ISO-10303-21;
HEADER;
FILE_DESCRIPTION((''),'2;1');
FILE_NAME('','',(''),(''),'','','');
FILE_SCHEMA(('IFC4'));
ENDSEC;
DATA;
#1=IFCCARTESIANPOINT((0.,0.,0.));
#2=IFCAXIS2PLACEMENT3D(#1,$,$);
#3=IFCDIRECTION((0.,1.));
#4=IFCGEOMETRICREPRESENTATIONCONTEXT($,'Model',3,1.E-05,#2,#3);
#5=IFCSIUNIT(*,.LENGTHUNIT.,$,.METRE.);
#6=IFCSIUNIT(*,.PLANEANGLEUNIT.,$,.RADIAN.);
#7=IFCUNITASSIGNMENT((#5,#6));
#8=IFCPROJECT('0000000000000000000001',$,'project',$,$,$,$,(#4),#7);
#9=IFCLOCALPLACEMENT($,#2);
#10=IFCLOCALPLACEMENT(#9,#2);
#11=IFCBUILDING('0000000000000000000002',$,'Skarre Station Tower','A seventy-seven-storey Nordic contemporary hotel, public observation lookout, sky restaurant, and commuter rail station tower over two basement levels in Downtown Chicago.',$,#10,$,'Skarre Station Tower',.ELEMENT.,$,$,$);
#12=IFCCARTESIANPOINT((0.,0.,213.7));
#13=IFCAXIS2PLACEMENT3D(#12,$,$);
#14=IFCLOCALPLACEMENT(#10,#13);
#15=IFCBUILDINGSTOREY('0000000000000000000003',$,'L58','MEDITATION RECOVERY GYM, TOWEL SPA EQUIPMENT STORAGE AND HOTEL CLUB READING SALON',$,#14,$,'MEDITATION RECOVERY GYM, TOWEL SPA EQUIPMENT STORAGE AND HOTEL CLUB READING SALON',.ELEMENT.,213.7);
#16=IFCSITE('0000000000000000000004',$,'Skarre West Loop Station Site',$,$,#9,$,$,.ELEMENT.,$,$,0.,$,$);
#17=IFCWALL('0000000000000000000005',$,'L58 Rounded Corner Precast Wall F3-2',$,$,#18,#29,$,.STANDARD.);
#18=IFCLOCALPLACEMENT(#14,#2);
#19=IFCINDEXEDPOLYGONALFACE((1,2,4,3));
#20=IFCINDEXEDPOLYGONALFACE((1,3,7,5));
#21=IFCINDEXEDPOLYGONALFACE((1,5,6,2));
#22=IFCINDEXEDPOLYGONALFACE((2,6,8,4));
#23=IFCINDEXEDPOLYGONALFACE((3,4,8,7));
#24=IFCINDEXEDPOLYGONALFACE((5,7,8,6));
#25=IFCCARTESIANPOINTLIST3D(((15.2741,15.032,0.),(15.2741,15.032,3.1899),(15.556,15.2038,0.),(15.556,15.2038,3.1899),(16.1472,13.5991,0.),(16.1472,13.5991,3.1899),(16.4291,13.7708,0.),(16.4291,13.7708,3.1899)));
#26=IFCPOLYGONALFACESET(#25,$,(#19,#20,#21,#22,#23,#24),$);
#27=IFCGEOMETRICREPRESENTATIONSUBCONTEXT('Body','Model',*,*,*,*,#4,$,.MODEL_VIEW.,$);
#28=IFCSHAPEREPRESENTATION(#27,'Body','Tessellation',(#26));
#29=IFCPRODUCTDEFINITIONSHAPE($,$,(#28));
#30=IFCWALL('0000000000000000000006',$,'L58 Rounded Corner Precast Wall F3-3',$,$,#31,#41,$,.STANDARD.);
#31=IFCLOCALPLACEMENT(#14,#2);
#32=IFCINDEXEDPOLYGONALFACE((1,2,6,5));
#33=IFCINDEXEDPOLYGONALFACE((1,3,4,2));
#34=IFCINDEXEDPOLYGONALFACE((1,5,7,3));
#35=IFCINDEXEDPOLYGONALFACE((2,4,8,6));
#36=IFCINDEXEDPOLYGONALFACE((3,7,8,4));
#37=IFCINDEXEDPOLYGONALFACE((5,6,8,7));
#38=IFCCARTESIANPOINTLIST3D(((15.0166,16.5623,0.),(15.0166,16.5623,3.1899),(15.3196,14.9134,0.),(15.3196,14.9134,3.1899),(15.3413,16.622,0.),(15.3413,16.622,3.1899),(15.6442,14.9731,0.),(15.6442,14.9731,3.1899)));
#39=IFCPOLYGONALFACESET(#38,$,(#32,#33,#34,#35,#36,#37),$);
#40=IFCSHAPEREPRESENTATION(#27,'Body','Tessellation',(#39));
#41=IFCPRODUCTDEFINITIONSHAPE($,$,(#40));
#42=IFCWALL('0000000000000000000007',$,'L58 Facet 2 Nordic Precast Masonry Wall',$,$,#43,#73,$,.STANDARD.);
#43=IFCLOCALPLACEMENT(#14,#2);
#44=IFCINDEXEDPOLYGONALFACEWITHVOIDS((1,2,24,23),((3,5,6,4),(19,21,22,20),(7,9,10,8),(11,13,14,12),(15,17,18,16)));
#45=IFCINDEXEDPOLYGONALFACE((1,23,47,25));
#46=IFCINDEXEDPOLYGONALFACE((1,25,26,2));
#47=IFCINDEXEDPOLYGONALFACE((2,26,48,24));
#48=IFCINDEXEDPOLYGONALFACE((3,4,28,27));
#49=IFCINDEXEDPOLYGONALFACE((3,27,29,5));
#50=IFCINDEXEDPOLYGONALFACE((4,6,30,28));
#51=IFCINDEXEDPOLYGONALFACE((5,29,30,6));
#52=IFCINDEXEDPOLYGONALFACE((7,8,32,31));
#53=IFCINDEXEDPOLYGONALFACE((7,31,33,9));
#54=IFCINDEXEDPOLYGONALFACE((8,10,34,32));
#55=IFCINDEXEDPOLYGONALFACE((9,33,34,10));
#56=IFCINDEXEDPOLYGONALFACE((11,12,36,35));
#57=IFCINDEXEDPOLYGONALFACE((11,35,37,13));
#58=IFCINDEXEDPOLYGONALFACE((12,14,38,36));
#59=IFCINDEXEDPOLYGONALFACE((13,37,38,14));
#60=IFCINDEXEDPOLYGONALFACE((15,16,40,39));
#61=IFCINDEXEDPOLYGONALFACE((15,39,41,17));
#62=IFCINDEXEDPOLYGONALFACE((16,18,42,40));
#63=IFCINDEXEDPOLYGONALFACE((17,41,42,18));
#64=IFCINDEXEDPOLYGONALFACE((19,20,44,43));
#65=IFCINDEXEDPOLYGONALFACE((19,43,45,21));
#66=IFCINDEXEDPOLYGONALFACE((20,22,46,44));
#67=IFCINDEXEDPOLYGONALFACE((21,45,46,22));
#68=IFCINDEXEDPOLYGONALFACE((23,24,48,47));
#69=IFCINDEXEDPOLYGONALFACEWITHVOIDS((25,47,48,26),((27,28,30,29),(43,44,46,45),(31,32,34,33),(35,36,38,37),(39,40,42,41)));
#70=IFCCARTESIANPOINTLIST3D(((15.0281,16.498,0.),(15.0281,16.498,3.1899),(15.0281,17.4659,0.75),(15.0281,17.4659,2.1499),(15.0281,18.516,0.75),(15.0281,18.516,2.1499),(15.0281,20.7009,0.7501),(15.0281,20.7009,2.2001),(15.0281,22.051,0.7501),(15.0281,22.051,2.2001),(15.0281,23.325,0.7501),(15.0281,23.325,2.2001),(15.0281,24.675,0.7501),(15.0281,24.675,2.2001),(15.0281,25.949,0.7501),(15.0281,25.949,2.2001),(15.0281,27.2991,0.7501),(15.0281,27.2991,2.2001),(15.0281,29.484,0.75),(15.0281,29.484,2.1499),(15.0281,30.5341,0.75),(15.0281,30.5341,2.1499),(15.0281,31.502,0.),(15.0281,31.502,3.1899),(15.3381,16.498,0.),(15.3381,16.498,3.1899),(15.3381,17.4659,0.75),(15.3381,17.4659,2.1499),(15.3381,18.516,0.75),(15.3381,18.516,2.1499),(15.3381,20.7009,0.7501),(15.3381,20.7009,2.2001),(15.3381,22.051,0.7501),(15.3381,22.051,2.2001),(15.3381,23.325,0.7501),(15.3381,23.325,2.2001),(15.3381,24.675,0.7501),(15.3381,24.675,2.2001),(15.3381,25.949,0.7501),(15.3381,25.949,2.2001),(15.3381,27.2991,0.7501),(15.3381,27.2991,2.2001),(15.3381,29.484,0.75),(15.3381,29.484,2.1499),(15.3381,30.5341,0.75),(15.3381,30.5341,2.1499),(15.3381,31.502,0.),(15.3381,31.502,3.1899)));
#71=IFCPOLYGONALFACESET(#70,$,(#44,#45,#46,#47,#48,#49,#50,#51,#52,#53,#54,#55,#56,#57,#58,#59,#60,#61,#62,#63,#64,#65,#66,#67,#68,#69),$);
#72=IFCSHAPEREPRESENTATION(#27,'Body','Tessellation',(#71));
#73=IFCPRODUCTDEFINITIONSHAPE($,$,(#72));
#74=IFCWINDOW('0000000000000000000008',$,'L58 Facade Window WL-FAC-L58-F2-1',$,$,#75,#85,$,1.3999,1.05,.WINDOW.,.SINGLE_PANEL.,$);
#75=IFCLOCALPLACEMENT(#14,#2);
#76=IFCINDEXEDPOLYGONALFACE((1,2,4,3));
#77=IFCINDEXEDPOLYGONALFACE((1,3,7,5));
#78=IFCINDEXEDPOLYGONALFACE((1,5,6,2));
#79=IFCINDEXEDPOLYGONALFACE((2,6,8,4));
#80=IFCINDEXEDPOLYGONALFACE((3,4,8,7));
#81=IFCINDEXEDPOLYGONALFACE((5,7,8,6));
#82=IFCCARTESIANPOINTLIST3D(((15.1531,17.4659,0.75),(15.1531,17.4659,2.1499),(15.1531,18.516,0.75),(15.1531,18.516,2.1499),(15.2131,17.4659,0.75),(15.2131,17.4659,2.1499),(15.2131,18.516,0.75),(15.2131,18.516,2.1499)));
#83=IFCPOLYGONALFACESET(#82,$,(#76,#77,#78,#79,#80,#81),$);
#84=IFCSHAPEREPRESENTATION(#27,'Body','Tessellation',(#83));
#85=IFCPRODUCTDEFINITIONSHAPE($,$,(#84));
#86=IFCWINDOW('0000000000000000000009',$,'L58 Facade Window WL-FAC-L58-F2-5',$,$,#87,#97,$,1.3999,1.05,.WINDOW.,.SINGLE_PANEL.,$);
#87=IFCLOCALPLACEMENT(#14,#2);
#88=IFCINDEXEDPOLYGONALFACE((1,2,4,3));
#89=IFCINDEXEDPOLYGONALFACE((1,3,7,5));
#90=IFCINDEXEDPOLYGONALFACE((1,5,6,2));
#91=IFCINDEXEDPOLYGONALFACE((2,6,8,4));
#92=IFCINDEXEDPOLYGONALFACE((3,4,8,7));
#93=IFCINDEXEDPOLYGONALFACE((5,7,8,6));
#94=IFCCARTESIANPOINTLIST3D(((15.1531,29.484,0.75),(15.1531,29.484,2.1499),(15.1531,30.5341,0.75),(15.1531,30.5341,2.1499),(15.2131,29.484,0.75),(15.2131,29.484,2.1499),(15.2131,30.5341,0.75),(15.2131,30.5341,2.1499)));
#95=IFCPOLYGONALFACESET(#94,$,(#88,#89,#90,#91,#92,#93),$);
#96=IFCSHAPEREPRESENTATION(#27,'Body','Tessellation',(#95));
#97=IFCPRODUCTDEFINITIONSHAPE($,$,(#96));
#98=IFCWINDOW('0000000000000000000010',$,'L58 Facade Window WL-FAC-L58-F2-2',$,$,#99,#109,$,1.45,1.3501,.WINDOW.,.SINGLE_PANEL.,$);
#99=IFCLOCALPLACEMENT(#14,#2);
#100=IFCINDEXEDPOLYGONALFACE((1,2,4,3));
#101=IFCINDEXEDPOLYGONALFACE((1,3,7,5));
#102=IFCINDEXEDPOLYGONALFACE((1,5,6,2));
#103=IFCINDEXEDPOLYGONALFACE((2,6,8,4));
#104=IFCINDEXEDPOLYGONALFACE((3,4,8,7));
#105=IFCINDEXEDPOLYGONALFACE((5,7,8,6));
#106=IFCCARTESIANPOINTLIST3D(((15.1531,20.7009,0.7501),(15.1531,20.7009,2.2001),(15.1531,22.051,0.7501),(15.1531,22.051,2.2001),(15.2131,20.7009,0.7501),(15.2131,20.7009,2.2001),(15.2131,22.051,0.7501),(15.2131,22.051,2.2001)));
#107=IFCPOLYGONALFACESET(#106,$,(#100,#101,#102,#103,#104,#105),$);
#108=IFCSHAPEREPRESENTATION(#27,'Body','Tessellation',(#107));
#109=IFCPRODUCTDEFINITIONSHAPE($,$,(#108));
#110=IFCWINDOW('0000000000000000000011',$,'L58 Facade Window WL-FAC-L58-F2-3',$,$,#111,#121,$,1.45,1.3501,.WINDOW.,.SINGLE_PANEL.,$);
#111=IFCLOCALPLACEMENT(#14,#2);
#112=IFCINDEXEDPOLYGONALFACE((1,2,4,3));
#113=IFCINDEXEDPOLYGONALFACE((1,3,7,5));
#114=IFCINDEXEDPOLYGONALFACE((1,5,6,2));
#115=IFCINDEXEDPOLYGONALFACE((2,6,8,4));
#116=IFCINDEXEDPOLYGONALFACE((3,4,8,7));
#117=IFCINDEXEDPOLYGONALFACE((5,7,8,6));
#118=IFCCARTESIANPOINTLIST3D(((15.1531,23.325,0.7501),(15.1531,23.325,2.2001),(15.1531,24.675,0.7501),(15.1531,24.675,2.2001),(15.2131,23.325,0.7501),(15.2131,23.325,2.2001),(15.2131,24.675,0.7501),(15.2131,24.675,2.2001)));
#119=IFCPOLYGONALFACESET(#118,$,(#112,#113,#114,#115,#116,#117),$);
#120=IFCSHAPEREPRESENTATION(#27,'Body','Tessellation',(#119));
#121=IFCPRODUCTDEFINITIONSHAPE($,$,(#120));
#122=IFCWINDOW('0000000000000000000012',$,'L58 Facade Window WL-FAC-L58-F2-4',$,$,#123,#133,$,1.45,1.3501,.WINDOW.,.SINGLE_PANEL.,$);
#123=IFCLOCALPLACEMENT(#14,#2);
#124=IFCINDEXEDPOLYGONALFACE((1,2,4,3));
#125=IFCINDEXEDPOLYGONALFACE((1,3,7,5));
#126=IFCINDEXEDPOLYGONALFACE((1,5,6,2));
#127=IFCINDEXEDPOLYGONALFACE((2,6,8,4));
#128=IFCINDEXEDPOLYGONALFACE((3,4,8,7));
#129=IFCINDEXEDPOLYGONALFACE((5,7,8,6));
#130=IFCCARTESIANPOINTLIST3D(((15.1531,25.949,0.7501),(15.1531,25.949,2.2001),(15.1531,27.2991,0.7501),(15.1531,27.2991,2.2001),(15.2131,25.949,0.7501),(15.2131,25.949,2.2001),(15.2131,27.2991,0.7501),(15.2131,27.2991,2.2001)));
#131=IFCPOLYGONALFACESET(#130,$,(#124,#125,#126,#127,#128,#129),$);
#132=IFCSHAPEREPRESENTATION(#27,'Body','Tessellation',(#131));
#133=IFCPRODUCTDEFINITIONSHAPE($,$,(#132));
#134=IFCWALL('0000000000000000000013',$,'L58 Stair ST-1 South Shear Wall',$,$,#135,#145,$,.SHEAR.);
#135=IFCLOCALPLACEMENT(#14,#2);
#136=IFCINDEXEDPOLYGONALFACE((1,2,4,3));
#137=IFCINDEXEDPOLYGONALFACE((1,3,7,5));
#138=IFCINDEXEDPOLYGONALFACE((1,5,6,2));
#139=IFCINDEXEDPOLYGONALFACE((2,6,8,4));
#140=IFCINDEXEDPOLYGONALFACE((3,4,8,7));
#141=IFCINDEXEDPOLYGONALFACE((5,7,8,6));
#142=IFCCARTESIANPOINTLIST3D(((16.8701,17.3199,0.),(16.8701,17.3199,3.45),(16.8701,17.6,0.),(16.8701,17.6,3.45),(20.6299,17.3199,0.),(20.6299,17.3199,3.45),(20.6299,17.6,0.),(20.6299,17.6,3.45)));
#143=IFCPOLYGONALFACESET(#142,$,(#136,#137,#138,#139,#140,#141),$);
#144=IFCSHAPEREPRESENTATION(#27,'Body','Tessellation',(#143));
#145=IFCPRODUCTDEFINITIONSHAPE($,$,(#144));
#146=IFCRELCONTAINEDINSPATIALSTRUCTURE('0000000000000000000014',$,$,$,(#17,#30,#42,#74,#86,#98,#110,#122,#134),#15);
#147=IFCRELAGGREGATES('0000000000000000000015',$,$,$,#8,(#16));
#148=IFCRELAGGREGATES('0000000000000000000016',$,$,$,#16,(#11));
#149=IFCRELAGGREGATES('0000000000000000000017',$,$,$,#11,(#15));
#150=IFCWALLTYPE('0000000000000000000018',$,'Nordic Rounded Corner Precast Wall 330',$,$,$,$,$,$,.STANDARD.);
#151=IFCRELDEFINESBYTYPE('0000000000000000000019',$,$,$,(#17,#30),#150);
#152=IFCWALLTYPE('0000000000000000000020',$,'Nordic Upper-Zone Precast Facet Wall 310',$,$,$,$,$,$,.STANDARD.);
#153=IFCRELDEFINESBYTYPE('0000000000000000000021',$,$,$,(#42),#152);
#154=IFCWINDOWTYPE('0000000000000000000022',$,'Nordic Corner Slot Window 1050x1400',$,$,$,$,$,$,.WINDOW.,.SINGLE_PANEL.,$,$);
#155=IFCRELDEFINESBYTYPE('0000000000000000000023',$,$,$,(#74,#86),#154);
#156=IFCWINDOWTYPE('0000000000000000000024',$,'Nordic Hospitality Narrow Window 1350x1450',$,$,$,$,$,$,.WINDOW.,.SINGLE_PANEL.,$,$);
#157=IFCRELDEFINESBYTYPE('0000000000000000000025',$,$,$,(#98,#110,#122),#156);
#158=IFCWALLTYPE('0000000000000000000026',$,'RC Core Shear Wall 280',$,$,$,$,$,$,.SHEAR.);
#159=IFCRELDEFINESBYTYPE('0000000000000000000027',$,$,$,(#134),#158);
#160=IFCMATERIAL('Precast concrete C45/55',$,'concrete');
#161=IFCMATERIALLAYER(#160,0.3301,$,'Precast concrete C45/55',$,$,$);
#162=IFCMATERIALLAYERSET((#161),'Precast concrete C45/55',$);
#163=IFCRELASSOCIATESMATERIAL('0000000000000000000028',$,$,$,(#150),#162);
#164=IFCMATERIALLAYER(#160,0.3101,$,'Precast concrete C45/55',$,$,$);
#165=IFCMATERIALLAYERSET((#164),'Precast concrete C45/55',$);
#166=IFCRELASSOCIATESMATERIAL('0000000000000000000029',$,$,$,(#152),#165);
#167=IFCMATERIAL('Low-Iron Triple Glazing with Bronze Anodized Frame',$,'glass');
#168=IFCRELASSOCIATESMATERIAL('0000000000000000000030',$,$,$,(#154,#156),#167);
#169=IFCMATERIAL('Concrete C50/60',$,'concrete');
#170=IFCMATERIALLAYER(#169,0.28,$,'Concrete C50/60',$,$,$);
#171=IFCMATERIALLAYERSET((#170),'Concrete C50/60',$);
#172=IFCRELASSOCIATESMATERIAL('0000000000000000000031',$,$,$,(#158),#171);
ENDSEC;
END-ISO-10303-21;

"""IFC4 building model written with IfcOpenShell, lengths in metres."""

from ifc_helpers import new_model, si_unit, direction, frame, frame_2d, origin, place, context, subcontext, project, spatial, rectangle, extrude, material, layer, layer_set, type_object, element, fill, save


model = new_model("IFC4")

# Units and contexts
model_context = context("Model", 3, precision=1e-05, world=origin(), true_north=direction((0.0, 1.0)))
body_context = subcontext(model_context, "Body", "Model", "MODEL_VIEW")
ifc_project = project(units=[si_unit("LENGTHUNIT", "METRE"), si_unit("PLANEANGLEUNIT", "RADIAN")], contexts=[model_context])

# Site, building, storey
site_placement = place(None, origin())
site = spatial("IfcSite", under=ifc_project, at=site_placement, Name="Skarre West Loop Station Site", CompositionType="ELEMENT", RefElevation=0.0)
building_placement = place(site_placement, origin())
building = spatial("IfcBuilding", under=site, at=building_placement, Name="Skarre Station Tower", Description="A seventy-seven-storey Nordic contemporary hotel, public observation lookout, sky restaurant, and commuter rail station tower over two basement levels in Downtown Chicago.", LongName="Skarre Station Tower", CompositionType="ELEMENT")
storey_placement = place(building_placement, frame((0.0, 0.0, 213.7)))
storey = spatial("IfcBuildingStorey", under=building, at=storey_placement, Name="L58", Description="MEDITATION RECOVERY GYM, TOWEL SPA EQUIPMENT STORAGE AND HOTEL CLUB READING SALON", LongName="MEDITATION RECOVERY GYM, TOWEL SPA EQUIPMENT STORAGE AND HOTEL CLUB READING SALON", CompositionType="ELEMENT", Elevation=213.7)

# Shared definitions
ifc_material_1 = material(Name="Concrete C50/60", Category="concrete")

# Walls
ifc_material_2 = material(Name="Precast concrete C45/55", Category="concrete")
ifc_layer_1 = layer(ifc_material_2, 0.3301, Name="Precast concrete C45/55")
ifc_layer_set_1 = layer_set([ifc_layer_1], Name="Precast concrete C45/55")
wall_type_1 = type_object("IfcWallType", Name="Nordic Rounded Corner Precast Wall 330", PredefinedType="STANDARD", material=ifc_layer_set_1)
wall_1_placement = place(storey_placement, frame((16.2881, 13.6851, 0.0), z_axis=(0.0, 0.0, 1.0), x_axis=(-0.520325, 0.853968, 0.0)))
element("IfcWall", 1, at=wall_1_placement, inside=storey, type_object=wall_type_1, Name="L58 Rounded Corner Precast Wall F3-2", PredefinedType="STANDARD", context=body_context, shape_type="SweptSolid", body=[
    extrude(rectangle(XDim=1.678, YDim=0.3301, at=frame_2d((0.8389, 0.0))), origin(), (0.0, 0.0, 1.0), 3.1899),
])
wall_2_placement = place(storey_placement, frame((15.4819, 14.9431, 0.0), z_axis=(0.0, 0.0, 1.0), x_axis=(-0.180718, 0.983535, 0.0)))
element("IfcWall", 2, at=wall_2_placement, inside=storey, type_object=wall_type_1, Name="L58 Rounded Corner Precast Wall F3-3", PredefinedType="STANDARD", context=body_context, shape_type="SweptSolid", body=[
    extrude(rectangle(XDim=1.6765, YDim=0.3301, at=frame_2d((0.8384, 0.0))), origin(), (0.0, 0.0, 1.0), 3.1899),
])

# Wall, openings, windows
ifc_layer_2 = layer(ifc_material_2, 0.3101, Name="Precast concrete C45/55")
ifc_layer_set_2 = layer_set([ifc_layer_2], Name="Precast concrete C45/55")
wall_type_2 = type_object("IfcWallType", Name="Nordic Upper-Zone Precast Facet Wall 310", PredefinedType="STANDARD", material=ifc_layer_set_2)
wall_3_placement = place(storey_placement, frame((15.1831, 16.498, 0.0), z_axis=(0.0, 0.0, 1.0), x_axis=(0.0, 1.0, 0.0)))
wall_3 = element("IfcWall", 3, at=wall_3_placement, inside=storey, type_object=wall_type_2, Name="L58 Facet 2 Nordic Precast Masonry Wall", PredefinedType="STANDARD", context=body_context, shape_type="SweptSolid", body=[
    extrude(rectangle(XDim=15.0039, YDim=0.3101, at=frame_2d((7.502, 0.0))), origin(), (0.0, 0.0, 1.0), 3.1899),
])
opening_1_placement = place(wall_3_placement, frame((0.968, 0.0, 0.75)))
opening_1 = element("IfcOpeningElement", 4, at=opening_1_placement, cuts=wall_3, PredefinedType="OPENING", context=body_context, shape_type="SweptSolid", body=[
    extrude(rectangle(XDim=1.05, YDim=1.3999, at=frame_2d((0.5249, 0.7))), frame((0.0, 0.165, 0.0), z_axis=(0.0, -1.0, 0.0), x_axis=(1.0, 0.0, 0.0)), (0.0, 0.0, 1.0), 0.3301),
])
opening_2_placement = place(wall_3_placement, frame((4.2029, 0.0, 0.75)))
opening_2 = element("IfcOpeningElement", 5, at=opening_2_placement, cuts=wall_3, PredefinedType="OPENING", context=body_context, shape_type="SweptSolid", body=[
    extrude(rectangle(XDim=1.3501, YDim=1.45, at=frame_2d((0.675, 0.7251))), frame((0.0, 0.165, 0.0), z_axis=(0.0, -1.0, 0.0), x_axis=(1.0, 0.0, 0.0)), (0.0, 0.0, 1.0), 0.3301),
])
opening_3_placement = place(wall_3_placement, frame((6.8269, 0.0, 0.75)))
opening_3 = element("IfcOpeningElement", 6, at=opening_3_placement, cuts=wall_3, PredefinedType="OPENING", context=body_context, shape_type="SweptSolid", body=[
    extrude(rectangle(XDim=1.3501, YDim=1.45, at=frame_2d((0.675, 0.7251))), frame((0.0, 0.165, 0.0), z_axis=(0.0, -1.0, 0.0), x_axis=(1.0, 0.0, 0.0)), (0.0, 0.0, 1.0), 0.3301),
])
opening_4_placement = place(wall_3_placement, frame((9.4509, 0.0, 0.75)))
opening_4 = element("IfcOpeningElement", 7, at=opening_4_placement, cuts=wall_3, PredefinedType="OPENING", context=body_context, shape_type="SweptSolid", body=[
    extrude(rectangle(XDim=1.3501, YDim=1.45, at=frame_2d((0.675, 0.7251))), frame((0.0, 0.165, 0.0), z_axis=(0.0, -1.0, 0.0), x_axis=(1.0, 0.0, 0.0)), (0.0, 0.0, 1.0), 0.3301),
])
opening_5_placement = place(wall_3_placement, frame((12.9861, 0.0, 0.75)))
opening_5 = element("IfcOpeningElement", 8, at=opening_5_placement, cuts=wall_3, PredefinedType="OPENING", context=body_context, shape_type="SweptSolid", body=[
    extrude(rectangle(XDim=1.05, YDim=1.3999, at=frame_2d((0.5249, 0.7))), frame((0.0, 0.165, 0.0), z_axis=(0.0, -1.0, 0.0), x_axis=(1.0, 0.0, 0.0)), (0.0, 0.0, 1.0), 0.3301),
])
ifc_material_3 = material(Name="Low-Iron Triple Glazing with Bronze Anodized Frame", Category="glass")
window_type_1 = type_object("IfcWindowType", Name="Nordic Corner Slot Window 1050x1400", PartitioningType="SINGLE_PANEL", PredefinedType="WINDOW", material=ifc_material_3)
window_1_placement = place(opening_1_placement, origin())
window_1 = element("IfcWindow", 9, at=window_1_placement, inside=storey, type_object=window_type_1, Name="L58 Facade Window WL-FAC-L58-F2-1", OverallHeight=1.3999, OverallWidth=1.05, PartitioningType="SINGLE_PANEL", PredefinedType="WINDOW", context=body_context, shape_type="SweptSolid", body=[
    extrude(rectangle(XDim=1.05, YDim=1.3999, at=frame_2d((0.5249, 0.7))), frame((0.0, 0.03, 0.0), z_axis=(0.0, -1.0, 0.0), x_axis=(1.0, 0.0, 0.0)), (0.0, 0.0, 1.0), 0.0601),
])
fill(opening_1, window_1)
window_2_placement = place(opening_5_placement, origin())
window_2 = element("IfcWindow", 10, at=window_2_placement, inside=storey, type_object=window_type_1, Name="L58 Facade Window WL-FAC-L58-F2-5", OverallHeight=1.3999, OverallWidth=1.05, PartitioningType="SINGLE_PANEL", PredefinedType="WINDOW", context=body_context, shape_type="SweptSolid", body=[
    extrude(rectangle(XDim=1.05, YDim=1.3999, at=frame_2d((0.5249, 0.7))), frame((0.0, 0.03, 0.0), z_axis=(0.0, -1.0, 0.0), x_axis=(1.0, 0.0, 0.0)), (0.0, 0.0, 1.0), 0.0601),
])
fill(opening_5, window_2)
window_type_2 = type_object("IfcWindowType", Name="Nordic Hospitality Narrow Window 1350x1450", PartitioningType="SINGLE_PANEL", PredefinedType="WINDOW", material=ifc_material_3)
window_3_placement = place(opening_2_placement, origin())
window_3 = element("IfcWindow", 11, at=window_3_placement, inside=storey, type_object=window_type_2, Name="L58 Facade Window WL-FAC-L58-F2-2", OverallHeight=1.45, OverallWidth=1.3501, PartitioningType="SINGLE_PANEL", PredefinedType="WINDOW", context=body_context, shape_type="SweptSolid", body=[
    extrude(rectangle(XDim=1.3501, YDim=1.45, at=frame_2d((0.675, 0.7251))), frame((0.0, 0.03, 0.0), z_axis=(0.0, -1.0, 0.0), x_axis=(1.0, 0.0, 0.0)), (0.0, 0.0, 1.0), 0.0601),
])
fill(opening_2, window_3)
window_4_placement = place(opening_3_placement, origin())
window_4 = element("IfcWindow", 12, at=window_4_placement, inside=storey, type_object=window_type_2, Name="L58 Facade Window WL-FAC-L58-F2-3", OverallHeight=1.45, OverallWidth=1.3501, PartitioningType="SINGLE_PANEL", PredefinedType="WINDOW", context=body_context, shape_type="SweptSolid", body=[
    extrude(rectangle(XDim=1.3501, YDim=1.45, at=frame_2d((0.675, 0.7251))), frame((0.0, 0.03, 0.0), z_axis=(0.0, -1.0, 0.0), x_axis=(1.0, 0.0, 0.0)), (0.0, 0.0, 1.0), 0.0601),
])
fill(opening_3, window_4)
window_5_placement = place(opening_4_placement, origin())
window_5 = element("IfcWindow", 13, at=window_5_placement, inside=storey, type_object=window_type_2, Name="L58 Facade Window WL-FAC-L58-F2-4", OverallHeight=1.45, OverallWidth=1.3501, PartitioningType="SINGLE_PANEL", PredefinedType="WINDOW", context=body_context, shape_type="SweptSolid", body=[
    extrude(rectangle(XDim=1.3501, YDim=1.45, at=frame_2d((0.675, 0.7251))), frame((0.0, 0.03, 0.0), z_axis=(0.0, -1.0, 0.0), x_axis=(1.0, 0.0, 0.0)), (0.0, 0.0, 1.0), 0.0601),
])
fill(opening_4, window_5)

# Wall
ifc_layer_3 = layer(ifc_material_1, 0.28, Name="Concrete C50/60")
ifc_layer_set_3 = layer_set([ifc_layer_3], Name="Concrete C50/60")
wall_type_3 = type_object("IfcWallType", Name="RC Core Shear Wall 280", PredefinedType="SHEAR", material=ifc_layer_set_3)
wall_4_placement = place(storey_placement, frame((16.8701, 17.46, 0.0), z_axis=(0.0, 0.0, 1.0), x_axis=(1.0, 0.0, 0.0)))
element("IfcWall", 14, at=wall_4_placement, inside=storey, type_object=wall_type_3, Name="L58 Stair ST-1 South Shear Wall", PredefinedType="SHEAR", context=body_context, shape_type="SweptSolid", body=[
    extrude(rectangle(XDim=3.7598, YDim=0.28, at=frame_2d((1.8799, 0.0))), origin(), (0.0, 0.0, 1.0), 3.45),
])

save(model, "model.ifc")
